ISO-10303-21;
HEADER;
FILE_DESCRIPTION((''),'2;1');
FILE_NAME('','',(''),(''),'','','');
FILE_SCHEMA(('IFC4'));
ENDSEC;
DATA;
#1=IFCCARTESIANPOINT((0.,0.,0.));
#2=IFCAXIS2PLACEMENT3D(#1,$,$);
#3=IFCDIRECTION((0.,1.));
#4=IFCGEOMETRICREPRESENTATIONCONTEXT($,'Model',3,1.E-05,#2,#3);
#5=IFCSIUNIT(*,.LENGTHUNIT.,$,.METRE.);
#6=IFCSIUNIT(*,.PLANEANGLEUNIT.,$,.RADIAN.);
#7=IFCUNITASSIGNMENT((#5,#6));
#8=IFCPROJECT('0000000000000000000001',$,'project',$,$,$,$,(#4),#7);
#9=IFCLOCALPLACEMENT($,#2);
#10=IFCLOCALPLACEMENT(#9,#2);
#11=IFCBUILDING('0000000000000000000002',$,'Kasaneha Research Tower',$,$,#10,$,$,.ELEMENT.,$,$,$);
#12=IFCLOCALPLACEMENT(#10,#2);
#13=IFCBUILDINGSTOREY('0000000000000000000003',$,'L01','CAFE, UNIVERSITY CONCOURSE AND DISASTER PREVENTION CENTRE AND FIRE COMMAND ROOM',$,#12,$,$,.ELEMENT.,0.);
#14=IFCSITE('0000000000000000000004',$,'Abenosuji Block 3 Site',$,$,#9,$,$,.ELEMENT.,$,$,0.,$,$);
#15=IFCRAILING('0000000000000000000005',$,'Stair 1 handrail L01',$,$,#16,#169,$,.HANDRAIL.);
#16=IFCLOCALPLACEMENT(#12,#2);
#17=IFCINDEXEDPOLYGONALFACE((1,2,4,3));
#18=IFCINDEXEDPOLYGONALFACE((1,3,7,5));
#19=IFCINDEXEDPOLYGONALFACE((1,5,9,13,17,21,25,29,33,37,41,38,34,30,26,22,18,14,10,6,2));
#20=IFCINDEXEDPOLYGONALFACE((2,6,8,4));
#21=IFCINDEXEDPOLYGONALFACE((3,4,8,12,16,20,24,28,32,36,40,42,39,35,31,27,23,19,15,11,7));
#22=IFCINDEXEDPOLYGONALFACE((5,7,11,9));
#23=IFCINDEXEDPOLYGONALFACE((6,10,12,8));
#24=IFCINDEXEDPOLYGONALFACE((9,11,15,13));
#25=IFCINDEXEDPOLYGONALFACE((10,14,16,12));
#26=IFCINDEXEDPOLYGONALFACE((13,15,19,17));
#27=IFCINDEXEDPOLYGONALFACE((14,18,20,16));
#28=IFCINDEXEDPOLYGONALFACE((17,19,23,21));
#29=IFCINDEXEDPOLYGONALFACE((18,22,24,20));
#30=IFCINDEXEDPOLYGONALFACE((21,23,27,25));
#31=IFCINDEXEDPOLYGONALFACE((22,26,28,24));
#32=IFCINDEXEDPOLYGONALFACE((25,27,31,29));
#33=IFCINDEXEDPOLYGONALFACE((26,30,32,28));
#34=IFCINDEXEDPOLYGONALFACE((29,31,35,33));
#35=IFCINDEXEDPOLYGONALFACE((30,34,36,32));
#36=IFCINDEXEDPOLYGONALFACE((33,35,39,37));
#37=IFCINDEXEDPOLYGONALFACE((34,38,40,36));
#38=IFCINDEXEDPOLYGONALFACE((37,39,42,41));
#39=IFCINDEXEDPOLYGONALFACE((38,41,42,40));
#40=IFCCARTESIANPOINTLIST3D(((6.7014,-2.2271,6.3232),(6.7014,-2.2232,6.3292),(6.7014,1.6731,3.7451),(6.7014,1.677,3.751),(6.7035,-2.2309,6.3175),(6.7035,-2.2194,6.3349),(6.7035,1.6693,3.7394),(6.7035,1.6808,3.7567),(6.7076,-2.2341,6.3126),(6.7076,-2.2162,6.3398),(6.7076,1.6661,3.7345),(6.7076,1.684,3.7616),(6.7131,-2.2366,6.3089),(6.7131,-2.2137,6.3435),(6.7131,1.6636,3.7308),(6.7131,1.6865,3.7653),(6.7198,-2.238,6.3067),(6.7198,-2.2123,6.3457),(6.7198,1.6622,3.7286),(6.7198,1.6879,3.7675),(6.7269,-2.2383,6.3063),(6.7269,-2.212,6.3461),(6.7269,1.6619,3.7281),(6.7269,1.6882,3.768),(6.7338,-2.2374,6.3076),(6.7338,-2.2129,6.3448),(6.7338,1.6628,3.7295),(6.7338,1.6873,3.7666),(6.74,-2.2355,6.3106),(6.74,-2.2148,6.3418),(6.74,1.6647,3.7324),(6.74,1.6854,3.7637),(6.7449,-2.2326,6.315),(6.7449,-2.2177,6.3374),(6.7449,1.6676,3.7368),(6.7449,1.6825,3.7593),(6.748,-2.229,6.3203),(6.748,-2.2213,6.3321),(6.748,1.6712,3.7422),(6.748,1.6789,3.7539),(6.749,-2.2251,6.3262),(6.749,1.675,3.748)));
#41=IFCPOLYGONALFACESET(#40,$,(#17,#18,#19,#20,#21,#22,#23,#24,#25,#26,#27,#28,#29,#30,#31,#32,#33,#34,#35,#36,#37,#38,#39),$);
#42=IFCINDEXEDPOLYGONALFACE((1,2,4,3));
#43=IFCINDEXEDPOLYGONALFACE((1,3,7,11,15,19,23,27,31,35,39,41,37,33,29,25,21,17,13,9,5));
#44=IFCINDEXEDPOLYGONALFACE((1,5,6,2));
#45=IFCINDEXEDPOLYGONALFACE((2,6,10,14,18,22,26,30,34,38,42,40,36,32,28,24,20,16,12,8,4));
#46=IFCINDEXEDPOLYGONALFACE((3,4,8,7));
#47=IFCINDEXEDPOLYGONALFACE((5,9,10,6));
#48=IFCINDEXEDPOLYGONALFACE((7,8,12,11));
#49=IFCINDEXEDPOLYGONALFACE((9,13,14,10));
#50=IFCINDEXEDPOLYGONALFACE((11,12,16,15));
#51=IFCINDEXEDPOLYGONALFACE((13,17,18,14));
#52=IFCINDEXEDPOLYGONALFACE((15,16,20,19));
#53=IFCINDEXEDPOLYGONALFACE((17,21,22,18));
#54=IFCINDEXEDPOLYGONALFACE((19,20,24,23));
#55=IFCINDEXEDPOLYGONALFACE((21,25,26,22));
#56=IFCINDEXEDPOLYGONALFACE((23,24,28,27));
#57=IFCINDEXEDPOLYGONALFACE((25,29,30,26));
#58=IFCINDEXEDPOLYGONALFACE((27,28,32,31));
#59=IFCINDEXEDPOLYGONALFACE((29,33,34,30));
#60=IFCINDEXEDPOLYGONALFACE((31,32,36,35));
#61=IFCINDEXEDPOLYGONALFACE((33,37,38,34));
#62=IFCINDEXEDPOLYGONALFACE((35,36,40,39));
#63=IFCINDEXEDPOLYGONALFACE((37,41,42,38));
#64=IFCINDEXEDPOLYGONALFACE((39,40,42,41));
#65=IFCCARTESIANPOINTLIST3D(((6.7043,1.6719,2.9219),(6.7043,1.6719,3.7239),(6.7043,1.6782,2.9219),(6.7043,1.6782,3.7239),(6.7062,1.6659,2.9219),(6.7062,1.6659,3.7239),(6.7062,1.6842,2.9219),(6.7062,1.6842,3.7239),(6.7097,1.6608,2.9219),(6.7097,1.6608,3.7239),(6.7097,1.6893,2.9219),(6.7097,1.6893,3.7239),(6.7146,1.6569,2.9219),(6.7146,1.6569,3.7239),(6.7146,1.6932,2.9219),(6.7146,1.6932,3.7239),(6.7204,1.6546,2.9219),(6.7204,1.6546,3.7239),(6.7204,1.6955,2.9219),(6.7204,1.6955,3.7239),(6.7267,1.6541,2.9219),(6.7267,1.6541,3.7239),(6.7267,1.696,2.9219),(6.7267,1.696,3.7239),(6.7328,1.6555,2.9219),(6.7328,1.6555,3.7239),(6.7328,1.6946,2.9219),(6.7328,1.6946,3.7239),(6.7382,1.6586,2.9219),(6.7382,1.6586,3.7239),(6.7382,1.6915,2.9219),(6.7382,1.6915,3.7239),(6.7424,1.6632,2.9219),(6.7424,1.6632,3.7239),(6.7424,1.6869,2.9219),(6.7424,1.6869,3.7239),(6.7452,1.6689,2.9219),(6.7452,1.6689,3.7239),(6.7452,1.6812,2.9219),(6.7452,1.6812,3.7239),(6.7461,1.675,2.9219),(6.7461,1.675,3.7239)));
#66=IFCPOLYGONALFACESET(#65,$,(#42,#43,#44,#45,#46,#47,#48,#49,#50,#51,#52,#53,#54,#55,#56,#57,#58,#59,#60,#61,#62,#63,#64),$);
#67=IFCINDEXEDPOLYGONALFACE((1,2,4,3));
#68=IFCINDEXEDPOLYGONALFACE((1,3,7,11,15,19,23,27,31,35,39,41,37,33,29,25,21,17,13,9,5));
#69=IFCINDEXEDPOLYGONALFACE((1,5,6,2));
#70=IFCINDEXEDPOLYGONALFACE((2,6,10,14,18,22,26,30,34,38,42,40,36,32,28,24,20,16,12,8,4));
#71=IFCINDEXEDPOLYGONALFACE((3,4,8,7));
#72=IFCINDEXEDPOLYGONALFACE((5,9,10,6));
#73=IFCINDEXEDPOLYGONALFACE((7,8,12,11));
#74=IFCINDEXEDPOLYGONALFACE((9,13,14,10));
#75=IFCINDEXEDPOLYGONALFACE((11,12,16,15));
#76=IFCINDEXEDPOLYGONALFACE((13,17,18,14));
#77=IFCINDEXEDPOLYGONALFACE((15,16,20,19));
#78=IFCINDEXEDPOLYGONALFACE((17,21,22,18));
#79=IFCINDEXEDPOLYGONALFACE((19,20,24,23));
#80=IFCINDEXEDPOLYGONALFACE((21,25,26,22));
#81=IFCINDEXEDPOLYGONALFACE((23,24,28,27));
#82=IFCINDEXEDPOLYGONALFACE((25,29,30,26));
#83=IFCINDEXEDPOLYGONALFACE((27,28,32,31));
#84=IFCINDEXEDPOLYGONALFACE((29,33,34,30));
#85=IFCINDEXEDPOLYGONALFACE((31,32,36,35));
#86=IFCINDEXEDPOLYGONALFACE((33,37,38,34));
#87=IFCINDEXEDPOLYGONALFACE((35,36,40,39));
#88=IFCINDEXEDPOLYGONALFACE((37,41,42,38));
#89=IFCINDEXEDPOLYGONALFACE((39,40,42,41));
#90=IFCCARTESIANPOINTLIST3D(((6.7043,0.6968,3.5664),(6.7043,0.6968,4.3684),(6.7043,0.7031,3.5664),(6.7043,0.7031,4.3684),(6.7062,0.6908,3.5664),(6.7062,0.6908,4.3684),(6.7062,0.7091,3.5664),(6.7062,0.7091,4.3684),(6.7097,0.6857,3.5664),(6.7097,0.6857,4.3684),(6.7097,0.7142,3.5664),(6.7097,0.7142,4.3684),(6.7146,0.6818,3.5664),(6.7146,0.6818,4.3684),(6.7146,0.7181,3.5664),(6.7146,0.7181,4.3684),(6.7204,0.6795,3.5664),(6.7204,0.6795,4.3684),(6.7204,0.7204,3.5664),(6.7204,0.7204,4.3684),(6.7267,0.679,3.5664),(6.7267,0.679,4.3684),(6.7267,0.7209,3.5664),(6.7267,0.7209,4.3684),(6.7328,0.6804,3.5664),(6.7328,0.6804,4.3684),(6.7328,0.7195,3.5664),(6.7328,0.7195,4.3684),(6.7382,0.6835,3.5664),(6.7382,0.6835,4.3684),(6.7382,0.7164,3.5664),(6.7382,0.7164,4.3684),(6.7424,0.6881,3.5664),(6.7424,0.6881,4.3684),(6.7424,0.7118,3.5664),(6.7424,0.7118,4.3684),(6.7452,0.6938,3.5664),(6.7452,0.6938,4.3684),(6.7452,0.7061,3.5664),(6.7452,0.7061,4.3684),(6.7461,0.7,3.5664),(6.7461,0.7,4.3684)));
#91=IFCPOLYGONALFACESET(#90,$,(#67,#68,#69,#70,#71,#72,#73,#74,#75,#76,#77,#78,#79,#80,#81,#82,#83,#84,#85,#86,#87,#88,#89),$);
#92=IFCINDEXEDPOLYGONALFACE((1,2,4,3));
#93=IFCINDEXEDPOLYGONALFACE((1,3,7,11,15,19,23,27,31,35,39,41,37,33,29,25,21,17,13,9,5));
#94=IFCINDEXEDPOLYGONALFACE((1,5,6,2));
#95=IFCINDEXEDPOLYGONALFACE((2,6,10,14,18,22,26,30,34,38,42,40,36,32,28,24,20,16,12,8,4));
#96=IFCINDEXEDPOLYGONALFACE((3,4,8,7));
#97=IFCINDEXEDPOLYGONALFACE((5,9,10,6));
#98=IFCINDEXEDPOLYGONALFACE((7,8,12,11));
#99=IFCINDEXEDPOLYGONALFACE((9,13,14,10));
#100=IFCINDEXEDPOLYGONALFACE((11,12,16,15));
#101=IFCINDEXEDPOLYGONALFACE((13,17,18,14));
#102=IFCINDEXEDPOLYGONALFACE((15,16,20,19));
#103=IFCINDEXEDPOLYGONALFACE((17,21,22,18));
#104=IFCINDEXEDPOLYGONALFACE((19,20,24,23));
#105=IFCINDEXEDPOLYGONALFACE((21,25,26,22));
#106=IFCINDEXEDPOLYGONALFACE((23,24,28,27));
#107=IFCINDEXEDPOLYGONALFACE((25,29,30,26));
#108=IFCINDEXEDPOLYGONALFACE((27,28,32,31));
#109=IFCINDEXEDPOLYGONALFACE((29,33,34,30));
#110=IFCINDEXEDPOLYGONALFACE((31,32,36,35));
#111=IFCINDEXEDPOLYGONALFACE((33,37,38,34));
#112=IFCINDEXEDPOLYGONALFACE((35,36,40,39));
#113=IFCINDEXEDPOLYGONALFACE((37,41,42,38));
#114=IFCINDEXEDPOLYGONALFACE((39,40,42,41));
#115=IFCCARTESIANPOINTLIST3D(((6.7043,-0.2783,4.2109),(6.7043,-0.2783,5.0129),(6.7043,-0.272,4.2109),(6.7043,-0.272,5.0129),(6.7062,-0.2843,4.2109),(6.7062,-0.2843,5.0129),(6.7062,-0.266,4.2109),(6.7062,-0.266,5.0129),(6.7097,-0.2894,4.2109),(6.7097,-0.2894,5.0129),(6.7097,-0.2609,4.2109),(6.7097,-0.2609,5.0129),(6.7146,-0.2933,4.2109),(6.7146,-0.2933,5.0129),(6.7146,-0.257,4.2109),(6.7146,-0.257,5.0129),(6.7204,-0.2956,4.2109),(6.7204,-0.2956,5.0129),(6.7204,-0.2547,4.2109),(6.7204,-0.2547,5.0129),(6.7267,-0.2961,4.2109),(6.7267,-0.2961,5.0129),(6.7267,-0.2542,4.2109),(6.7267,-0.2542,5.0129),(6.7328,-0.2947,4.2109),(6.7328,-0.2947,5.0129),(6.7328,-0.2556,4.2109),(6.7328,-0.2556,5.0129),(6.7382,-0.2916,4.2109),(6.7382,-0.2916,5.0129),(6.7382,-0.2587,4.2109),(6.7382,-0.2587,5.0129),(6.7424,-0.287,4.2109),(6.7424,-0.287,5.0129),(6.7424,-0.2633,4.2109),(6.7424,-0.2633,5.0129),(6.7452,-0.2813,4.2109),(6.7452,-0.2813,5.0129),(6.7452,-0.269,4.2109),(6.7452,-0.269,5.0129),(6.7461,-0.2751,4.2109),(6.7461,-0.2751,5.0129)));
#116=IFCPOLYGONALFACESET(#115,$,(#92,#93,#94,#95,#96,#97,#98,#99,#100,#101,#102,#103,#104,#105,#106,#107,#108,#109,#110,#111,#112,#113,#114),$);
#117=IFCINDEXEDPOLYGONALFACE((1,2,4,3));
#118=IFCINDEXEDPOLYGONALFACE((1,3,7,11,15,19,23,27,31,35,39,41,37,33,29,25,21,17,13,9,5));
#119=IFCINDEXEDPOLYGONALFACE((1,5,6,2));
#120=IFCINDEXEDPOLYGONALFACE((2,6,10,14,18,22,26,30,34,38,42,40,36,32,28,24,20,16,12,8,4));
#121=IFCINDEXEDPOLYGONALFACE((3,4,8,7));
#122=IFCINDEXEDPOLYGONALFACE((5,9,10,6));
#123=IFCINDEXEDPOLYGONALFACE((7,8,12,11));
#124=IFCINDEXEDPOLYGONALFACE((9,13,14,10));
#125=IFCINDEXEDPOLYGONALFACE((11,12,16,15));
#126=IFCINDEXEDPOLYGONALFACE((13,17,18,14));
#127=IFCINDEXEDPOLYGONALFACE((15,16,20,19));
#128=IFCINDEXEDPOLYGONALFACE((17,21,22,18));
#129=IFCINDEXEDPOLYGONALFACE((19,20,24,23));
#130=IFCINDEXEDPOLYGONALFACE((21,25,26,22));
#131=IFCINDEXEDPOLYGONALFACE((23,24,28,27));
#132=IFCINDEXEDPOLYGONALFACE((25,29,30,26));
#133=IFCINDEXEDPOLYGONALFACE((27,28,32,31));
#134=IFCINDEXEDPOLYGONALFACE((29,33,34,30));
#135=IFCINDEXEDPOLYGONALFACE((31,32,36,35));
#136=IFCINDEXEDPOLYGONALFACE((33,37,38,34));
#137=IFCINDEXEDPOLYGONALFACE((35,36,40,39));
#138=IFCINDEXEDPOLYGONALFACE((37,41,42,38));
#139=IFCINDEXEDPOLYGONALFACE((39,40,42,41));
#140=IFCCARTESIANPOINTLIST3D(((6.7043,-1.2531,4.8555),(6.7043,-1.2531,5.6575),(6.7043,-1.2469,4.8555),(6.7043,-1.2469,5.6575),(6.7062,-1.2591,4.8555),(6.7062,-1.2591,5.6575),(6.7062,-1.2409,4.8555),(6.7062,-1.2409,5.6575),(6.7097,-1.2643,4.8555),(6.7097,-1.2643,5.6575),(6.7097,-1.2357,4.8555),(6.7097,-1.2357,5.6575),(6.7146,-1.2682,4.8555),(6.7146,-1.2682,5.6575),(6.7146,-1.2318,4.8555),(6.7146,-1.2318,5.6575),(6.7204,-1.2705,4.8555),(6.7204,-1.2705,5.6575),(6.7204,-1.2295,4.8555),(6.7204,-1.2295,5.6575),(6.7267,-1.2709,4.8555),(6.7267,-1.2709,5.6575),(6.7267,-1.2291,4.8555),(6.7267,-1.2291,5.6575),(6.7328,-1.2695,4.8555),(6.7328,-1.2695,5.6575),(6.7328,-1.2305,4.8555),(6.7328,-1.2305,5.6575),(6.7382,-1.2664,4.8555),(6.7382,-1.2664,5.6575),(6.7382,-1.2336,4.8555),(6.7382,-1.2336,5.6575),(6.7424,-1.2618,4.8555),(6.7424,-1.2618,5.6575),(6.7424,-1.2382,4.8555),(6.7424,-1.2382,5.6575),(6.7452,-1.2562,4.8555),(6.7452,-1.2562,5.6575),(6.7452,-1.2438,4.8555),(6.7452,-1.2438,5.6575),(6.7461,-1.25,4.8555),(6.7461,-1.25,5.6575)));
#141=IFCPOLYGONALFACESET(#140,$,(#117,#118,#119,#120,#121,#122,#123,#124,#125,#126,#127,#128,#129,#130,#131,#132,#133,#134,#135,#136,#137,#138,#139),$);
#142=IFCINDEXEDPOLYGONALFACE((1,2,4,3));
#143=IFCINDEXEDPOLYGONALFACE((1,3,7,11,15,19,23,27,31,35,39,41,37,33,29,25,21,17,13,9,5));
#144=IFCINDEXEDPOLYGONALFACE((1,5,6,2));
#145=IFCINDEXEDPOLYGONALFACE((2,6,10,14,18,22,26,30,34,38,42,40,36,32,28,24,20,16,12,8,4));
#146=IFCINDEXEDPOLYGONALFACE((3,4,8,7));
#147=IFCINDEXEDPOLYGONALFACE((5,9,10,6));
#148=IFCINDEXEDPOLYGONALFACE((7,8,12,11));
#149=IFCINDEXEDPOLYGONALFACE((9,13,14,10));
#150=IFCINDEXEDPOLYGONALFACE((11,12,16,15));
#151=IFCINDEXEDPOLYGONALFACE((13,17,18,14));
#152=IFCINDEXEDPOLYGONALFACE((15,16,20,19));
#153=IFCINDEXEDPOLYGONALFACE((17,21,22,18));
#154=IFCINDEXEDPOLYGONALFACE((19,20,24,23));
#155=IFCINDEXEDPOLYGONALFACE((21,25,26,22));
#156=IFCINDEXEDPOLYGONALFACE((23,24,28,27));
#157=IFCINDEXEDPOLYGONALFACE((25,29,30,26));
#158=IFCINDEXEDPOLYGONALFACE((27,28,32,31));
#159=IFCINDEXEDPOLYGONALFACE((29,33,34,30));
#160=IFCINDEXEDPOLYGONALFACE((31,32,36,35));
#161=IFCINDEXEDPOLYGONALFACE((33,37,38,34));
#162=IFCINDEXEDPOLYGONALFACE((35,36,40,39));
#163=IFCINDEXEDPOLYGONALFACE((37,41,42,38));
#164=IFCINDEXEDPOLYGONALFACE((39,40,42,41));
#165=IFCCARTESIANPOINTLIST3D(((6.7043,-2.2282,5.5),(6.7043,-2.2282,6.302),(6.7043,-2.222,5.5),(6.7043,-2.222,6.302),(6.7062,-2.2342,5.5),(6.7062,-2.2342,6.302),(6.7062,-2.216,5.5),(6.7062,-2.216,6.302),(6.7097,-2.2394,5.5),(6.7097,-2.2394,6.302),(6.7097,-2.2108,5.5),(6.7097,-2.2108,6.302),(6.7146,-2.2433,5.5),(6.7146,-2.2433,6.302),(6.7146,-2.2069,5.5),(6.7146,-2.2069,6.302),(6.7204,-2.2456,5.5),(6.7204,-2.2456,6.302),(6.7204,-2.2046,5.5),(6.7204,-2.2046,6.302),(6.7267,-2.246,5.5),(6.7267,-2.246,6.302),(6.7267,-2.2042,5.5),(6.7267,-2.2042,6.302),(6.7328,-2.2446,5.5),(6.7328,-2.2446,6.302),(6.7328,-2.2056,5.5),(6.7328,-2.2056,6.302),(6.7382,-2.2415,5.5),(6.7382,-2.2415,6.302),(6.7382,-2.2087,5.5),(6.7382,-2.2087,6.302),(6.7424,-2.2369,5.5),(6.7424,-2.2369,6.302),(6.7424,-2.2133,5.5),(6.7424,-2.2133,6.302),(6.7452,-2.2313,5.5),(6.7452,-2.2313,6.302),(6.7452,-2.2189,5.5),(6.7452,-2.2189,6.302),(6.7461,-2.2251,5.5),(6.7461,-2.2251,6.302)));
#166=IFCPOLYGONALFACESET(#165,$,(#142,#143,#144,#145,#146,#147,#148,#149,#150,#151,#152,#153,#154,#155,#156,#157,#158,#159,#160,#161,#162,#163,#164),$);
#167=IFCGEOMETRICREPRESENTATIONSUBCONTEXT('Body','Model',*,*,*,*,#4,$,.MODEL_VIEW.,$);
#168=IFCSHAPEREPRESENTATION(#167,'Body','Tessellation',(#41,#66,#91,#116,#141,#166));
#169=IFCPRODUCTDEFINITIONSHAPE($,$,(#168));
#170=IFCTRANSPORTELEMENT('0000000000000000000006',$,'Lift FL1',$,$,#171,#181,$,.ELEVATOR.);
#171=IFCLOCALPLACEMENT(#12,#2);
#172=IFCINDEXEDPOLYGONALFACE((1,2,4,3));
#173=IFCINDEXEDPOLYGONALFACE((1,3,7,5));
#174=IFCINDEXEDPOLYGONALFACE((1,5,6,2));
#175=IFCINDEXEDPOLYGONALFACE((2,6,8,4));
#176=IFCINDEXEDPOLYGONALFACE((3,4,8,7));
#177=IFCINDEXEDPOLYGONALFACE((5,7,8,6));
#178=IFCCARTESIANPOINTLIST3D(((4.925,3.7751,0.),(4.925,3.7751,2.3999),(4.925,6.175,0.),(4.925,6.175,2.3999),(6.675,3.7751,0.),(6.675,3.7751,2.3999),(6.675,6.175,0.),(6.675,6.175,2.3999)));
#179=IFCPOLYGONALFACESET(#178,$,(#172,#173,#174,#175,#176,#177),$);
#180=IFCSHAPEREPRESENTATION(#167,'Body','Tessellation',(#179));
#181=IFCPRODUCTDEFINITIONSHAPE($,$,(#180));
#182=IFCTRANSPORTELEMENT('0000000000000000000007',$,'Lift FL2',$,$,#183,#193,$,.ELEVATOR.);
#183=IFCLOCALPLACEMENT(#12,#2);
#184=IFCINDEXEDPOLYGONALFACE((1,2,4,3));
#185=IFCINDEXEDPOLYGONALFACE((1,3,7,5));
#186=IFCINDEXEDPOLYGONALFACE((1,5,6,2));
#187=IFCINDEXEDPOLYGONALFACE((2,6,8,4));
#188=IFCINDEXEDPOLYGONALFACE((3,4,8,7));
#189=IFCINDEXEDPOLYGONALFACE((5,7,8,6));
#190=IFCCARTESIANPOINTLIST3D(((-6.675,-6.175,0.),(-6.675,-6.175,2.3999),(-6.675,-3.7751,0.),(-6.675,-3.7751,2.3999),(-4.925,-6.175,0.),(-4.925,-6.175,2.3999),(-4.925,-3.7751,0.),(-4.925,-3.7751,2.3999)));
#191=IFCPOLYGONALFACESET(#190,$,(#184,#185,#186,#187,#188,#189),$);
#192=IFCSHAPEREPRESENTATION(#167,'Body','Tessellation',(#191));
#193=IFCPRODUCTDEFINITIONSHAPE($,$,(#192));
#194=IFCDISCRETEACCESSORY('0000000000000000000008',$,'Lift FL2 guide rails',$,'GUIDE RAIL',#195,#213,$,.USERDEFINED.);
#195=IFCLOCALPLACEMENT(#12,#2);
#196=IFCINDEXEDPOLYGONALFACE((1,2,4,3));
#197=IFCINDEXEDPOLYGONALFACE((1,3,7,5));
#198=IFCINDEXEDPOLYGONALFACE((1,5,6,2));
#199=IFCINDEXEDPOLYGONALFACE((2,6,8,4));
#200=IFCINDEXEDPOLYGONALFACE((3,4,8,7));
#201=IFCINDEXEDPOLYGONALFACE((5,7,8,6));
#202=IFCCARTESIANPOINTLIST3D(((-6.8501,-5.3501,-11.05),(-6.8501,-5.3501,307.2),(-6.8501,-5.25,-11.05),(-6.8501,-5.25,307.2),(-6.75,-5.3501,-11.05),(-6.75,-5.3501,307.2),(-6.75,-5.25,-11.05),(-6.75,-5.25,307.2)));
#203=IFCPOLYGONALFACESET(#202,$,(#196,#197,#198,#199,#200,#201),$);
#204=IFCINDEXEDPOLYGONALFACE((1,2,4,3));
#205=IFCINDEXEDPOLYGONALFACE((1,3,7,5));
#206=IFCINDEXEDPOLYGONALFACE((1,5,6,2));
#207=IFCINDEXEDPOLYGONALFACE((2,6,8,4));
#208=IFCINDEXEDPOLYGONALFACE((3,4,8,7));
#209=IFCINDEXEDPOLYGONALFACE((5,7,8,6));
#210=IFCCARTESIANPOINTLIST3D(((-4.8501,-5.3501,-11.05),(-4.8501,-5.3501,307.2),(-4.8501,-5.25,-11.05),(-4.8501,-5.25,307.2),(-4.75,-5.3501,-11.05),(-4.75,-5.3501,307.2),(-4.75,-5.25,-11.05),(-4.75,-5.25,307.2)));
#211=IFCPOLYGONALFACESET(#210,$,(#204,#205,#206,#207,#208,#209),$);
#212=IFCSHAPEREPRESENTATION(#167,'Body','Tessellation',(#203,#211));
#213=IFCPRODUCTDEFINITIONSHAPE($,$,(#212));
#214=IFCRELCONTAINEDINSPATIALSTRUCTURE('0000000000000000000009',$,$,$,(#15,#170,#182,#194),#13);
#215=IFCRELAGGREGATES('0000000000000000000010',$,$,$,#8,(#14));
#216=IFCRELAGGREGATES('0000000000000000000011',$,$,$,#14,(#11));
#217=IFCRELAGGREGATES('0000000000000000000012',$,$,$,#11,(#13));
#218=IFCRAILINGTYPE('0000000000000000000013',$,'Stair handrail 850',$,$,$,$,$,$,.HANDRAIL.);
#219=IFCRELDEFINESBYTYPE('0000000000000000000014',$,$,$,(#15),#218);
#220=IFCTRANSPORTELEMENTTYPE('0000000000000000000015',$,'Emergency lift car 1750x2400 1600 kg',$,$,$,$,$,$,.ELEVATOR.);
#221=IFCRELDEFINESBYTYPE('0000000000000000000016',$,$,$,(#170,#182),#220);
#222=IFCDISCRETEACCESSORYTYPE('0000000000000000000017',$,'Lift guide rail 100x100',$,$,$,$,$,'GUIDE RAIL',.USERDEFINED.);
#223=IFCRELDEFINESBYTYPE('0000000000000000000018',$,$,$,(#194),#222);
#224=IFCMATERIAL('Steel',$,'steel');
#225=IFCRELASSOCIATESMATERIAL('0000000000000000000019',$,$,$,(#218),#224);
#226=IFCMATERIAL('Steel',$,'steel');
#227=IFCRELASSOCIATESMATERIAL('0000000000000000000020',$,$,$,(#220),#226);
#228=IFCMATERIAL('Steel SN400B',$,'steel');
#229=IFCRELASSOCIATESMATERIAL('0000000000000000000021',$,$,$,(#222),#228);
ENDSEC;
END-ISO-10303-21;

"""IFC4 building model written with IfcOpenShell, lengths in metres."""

from ifc_helpers import new_model, si_unit, direction, frame, origin, origin_2d, place, context, subcontext, project, spatial, rectangle, circle, extrude, material, type_object, element, save


model = new_model("IFC4")

# Units and contexts
model_context = context("Model", 3, precision=1e-05, world=origin(), true_north=direction((0.0, 1.0)))
body_context = subcontext(model_context, "Body", "Model", "MODEL_VIEW")
ifc_project = project(units=[si_unit("LENGTHUNIT", "METRE"), si_unit("PLANEANGLEUNIT", "RADIAN")], contexts=[model_context])

# Site, building, storey
site_placement = place(None, origin())
site = spatial("IfcSite", under=ifc_project, at=site_placement, Name="Abenosuji Block 3 Site", CompositionType="ELEMENT", RefElevation=0.0)
building_placement = place(site_placement, origin())
building = spatial("IfcBuilding", under=site, at=building_placement, Name="Kasaneha Research Tower", CompositionType="ELEMENT")
storey_placement = place(building_placement, origin())
storey = spatial("IfcBuildingStorey", under=building, at=storey_placement, Name="L01", Description="CAFE, UNIVERSITY CONCOURSE AND DISASTER PREVENTION CENTRE AND FIRE COMMAND ROOM", CompositionType="ELEMENT", Elevation=0.0)

# Railing
ifc_material_1 = material(Name="Steel", Category="steel")
railing_type = type_object("IfcRailingType", Name="Stair handrail 850", PredefinedType="HANDRAIL", material=ifc_material_1)
railing_placement = place(storey_placement, frame((6.7251, 1.675, 2.9219)))
element("IfcRailing", 1, at=railing_placement, inside=storey, type_object=railing_type, Name="Stair 1 handrail L01", PredefinedType="HANDRAIL", context=body_context, shape_type="SweptSolid", body=[
    extrude(circle(Radius=0.0239, at=origin_2d()), frame((0.0, 0.0, 0.8262), z_axis=(0.0, -0.834213, 0.551442), x_axis=(1.0, 0.0, 0.0)), (0.0, 0.0, 1.0), 4.6753),
    extrude(circle(Radius=0.021, at=origin_2d()), origin(), (0.0, 0.0, 1.0), 0.802),
    extrude(circle(Radius=0.021, at=origin_2d()), frame((0.0, -0.9751, 0.6445)), (0.0, 0.0, 1.0), 0.802),
    extrude(circle(Radius=0.021, at=origin_2d()), frame((0.0, -1.9502, 1.2891)), (0.0, 0.0, 1.0), 0.802),
    extrude(circle(Radius=0.021, at=origin_2d()), frame((0.0, -2.925, 1.9336)), (0.0, 0.0, 1.0), 0.802),
    extrude(circle(Radius=0.021, at=origin_2d()), frame((0.0, -3.9001, 2.5781)), (0.0, 0.0, 1.0), 0.802),
])

# Transport elements
ifc_material_2 = material(Name="Steel", Category="steel")
transport_element_type = type_object("IfcTransportElementType", Name="Emergency lift car 1750x2400 1600 kg", PredefinedType="ELEVATOR", material=ifc_material_2)
transport_element_1_placement = place(storey_placement, origin())
element("IfcTransportElement", 2, at=transport_element_1_placement, inside=storey, type_object=transport_element_type, Name="Lift FL1", PredefinedType="ELEVATOR", context=body_context, shape_type="SweptSolid", body=[
    extrude(rectangle(XDim=1.75, YDim=2.3999, at=origin_2d()), frame((5.8, 4.9751, 0.0)), (0.0, 0.0, 1.0), 2.3999),
])
transport_element_2_placement = place(storey_placement, origin())
element("IfcTransportElement", 3, at=transport_element_2_placement, inside=storey, type_object=transport_element_type, Name="Lift FL2", PredefinedType="ELEVATOR", context=body_context, shape_type="SweptSolid", body=[
    extrude(rectangle(XDim=1.75, YDim=2.3999, at=origin_2d()), frame((-5.8, -4.9751, 0.0)), (0.0, 0.0, 1.0), 2.3999),
])

# Discrete accessory
ifc_material_3 = material(Name="Steel SN400B", Category="steel")
discrete_accessory_type = type_object("IfcDiscreteAccessoryType", Name="Lift guide rail 100x100", ElementType="GUIDE RAIL", PredefinedType="USERDEFINED", material=ifc_material_3)
discrete_accessory_placement = place(storey_placement, origin())
element("IfcDiscreteAccessory", 4, at=discrete_accessory_placement, inside=storey, type_object=discrete_accessory_type, Name="Lift FL2 guide rails", ObjectType="GUIDE RAIL", PredefinedType="USERDEFINED", context=body_context, shape_type="SweptSolid", body=[
    extrude(rectangle(XDim=0.1001, YDim=0.1001, at=origin_2d()), frame((-6.8, -5.3, -11.05)), (0.0, 0.0, 1.0), 318.25),
    extrude(rectangle(XDim=0.1001, YDim=0.1001, at=origin_2d()), frame((-4.8, -5.3, -11.05)), (0.0, 0.0, 1.0), 318.25),
])

save(model, "model.ifc")
